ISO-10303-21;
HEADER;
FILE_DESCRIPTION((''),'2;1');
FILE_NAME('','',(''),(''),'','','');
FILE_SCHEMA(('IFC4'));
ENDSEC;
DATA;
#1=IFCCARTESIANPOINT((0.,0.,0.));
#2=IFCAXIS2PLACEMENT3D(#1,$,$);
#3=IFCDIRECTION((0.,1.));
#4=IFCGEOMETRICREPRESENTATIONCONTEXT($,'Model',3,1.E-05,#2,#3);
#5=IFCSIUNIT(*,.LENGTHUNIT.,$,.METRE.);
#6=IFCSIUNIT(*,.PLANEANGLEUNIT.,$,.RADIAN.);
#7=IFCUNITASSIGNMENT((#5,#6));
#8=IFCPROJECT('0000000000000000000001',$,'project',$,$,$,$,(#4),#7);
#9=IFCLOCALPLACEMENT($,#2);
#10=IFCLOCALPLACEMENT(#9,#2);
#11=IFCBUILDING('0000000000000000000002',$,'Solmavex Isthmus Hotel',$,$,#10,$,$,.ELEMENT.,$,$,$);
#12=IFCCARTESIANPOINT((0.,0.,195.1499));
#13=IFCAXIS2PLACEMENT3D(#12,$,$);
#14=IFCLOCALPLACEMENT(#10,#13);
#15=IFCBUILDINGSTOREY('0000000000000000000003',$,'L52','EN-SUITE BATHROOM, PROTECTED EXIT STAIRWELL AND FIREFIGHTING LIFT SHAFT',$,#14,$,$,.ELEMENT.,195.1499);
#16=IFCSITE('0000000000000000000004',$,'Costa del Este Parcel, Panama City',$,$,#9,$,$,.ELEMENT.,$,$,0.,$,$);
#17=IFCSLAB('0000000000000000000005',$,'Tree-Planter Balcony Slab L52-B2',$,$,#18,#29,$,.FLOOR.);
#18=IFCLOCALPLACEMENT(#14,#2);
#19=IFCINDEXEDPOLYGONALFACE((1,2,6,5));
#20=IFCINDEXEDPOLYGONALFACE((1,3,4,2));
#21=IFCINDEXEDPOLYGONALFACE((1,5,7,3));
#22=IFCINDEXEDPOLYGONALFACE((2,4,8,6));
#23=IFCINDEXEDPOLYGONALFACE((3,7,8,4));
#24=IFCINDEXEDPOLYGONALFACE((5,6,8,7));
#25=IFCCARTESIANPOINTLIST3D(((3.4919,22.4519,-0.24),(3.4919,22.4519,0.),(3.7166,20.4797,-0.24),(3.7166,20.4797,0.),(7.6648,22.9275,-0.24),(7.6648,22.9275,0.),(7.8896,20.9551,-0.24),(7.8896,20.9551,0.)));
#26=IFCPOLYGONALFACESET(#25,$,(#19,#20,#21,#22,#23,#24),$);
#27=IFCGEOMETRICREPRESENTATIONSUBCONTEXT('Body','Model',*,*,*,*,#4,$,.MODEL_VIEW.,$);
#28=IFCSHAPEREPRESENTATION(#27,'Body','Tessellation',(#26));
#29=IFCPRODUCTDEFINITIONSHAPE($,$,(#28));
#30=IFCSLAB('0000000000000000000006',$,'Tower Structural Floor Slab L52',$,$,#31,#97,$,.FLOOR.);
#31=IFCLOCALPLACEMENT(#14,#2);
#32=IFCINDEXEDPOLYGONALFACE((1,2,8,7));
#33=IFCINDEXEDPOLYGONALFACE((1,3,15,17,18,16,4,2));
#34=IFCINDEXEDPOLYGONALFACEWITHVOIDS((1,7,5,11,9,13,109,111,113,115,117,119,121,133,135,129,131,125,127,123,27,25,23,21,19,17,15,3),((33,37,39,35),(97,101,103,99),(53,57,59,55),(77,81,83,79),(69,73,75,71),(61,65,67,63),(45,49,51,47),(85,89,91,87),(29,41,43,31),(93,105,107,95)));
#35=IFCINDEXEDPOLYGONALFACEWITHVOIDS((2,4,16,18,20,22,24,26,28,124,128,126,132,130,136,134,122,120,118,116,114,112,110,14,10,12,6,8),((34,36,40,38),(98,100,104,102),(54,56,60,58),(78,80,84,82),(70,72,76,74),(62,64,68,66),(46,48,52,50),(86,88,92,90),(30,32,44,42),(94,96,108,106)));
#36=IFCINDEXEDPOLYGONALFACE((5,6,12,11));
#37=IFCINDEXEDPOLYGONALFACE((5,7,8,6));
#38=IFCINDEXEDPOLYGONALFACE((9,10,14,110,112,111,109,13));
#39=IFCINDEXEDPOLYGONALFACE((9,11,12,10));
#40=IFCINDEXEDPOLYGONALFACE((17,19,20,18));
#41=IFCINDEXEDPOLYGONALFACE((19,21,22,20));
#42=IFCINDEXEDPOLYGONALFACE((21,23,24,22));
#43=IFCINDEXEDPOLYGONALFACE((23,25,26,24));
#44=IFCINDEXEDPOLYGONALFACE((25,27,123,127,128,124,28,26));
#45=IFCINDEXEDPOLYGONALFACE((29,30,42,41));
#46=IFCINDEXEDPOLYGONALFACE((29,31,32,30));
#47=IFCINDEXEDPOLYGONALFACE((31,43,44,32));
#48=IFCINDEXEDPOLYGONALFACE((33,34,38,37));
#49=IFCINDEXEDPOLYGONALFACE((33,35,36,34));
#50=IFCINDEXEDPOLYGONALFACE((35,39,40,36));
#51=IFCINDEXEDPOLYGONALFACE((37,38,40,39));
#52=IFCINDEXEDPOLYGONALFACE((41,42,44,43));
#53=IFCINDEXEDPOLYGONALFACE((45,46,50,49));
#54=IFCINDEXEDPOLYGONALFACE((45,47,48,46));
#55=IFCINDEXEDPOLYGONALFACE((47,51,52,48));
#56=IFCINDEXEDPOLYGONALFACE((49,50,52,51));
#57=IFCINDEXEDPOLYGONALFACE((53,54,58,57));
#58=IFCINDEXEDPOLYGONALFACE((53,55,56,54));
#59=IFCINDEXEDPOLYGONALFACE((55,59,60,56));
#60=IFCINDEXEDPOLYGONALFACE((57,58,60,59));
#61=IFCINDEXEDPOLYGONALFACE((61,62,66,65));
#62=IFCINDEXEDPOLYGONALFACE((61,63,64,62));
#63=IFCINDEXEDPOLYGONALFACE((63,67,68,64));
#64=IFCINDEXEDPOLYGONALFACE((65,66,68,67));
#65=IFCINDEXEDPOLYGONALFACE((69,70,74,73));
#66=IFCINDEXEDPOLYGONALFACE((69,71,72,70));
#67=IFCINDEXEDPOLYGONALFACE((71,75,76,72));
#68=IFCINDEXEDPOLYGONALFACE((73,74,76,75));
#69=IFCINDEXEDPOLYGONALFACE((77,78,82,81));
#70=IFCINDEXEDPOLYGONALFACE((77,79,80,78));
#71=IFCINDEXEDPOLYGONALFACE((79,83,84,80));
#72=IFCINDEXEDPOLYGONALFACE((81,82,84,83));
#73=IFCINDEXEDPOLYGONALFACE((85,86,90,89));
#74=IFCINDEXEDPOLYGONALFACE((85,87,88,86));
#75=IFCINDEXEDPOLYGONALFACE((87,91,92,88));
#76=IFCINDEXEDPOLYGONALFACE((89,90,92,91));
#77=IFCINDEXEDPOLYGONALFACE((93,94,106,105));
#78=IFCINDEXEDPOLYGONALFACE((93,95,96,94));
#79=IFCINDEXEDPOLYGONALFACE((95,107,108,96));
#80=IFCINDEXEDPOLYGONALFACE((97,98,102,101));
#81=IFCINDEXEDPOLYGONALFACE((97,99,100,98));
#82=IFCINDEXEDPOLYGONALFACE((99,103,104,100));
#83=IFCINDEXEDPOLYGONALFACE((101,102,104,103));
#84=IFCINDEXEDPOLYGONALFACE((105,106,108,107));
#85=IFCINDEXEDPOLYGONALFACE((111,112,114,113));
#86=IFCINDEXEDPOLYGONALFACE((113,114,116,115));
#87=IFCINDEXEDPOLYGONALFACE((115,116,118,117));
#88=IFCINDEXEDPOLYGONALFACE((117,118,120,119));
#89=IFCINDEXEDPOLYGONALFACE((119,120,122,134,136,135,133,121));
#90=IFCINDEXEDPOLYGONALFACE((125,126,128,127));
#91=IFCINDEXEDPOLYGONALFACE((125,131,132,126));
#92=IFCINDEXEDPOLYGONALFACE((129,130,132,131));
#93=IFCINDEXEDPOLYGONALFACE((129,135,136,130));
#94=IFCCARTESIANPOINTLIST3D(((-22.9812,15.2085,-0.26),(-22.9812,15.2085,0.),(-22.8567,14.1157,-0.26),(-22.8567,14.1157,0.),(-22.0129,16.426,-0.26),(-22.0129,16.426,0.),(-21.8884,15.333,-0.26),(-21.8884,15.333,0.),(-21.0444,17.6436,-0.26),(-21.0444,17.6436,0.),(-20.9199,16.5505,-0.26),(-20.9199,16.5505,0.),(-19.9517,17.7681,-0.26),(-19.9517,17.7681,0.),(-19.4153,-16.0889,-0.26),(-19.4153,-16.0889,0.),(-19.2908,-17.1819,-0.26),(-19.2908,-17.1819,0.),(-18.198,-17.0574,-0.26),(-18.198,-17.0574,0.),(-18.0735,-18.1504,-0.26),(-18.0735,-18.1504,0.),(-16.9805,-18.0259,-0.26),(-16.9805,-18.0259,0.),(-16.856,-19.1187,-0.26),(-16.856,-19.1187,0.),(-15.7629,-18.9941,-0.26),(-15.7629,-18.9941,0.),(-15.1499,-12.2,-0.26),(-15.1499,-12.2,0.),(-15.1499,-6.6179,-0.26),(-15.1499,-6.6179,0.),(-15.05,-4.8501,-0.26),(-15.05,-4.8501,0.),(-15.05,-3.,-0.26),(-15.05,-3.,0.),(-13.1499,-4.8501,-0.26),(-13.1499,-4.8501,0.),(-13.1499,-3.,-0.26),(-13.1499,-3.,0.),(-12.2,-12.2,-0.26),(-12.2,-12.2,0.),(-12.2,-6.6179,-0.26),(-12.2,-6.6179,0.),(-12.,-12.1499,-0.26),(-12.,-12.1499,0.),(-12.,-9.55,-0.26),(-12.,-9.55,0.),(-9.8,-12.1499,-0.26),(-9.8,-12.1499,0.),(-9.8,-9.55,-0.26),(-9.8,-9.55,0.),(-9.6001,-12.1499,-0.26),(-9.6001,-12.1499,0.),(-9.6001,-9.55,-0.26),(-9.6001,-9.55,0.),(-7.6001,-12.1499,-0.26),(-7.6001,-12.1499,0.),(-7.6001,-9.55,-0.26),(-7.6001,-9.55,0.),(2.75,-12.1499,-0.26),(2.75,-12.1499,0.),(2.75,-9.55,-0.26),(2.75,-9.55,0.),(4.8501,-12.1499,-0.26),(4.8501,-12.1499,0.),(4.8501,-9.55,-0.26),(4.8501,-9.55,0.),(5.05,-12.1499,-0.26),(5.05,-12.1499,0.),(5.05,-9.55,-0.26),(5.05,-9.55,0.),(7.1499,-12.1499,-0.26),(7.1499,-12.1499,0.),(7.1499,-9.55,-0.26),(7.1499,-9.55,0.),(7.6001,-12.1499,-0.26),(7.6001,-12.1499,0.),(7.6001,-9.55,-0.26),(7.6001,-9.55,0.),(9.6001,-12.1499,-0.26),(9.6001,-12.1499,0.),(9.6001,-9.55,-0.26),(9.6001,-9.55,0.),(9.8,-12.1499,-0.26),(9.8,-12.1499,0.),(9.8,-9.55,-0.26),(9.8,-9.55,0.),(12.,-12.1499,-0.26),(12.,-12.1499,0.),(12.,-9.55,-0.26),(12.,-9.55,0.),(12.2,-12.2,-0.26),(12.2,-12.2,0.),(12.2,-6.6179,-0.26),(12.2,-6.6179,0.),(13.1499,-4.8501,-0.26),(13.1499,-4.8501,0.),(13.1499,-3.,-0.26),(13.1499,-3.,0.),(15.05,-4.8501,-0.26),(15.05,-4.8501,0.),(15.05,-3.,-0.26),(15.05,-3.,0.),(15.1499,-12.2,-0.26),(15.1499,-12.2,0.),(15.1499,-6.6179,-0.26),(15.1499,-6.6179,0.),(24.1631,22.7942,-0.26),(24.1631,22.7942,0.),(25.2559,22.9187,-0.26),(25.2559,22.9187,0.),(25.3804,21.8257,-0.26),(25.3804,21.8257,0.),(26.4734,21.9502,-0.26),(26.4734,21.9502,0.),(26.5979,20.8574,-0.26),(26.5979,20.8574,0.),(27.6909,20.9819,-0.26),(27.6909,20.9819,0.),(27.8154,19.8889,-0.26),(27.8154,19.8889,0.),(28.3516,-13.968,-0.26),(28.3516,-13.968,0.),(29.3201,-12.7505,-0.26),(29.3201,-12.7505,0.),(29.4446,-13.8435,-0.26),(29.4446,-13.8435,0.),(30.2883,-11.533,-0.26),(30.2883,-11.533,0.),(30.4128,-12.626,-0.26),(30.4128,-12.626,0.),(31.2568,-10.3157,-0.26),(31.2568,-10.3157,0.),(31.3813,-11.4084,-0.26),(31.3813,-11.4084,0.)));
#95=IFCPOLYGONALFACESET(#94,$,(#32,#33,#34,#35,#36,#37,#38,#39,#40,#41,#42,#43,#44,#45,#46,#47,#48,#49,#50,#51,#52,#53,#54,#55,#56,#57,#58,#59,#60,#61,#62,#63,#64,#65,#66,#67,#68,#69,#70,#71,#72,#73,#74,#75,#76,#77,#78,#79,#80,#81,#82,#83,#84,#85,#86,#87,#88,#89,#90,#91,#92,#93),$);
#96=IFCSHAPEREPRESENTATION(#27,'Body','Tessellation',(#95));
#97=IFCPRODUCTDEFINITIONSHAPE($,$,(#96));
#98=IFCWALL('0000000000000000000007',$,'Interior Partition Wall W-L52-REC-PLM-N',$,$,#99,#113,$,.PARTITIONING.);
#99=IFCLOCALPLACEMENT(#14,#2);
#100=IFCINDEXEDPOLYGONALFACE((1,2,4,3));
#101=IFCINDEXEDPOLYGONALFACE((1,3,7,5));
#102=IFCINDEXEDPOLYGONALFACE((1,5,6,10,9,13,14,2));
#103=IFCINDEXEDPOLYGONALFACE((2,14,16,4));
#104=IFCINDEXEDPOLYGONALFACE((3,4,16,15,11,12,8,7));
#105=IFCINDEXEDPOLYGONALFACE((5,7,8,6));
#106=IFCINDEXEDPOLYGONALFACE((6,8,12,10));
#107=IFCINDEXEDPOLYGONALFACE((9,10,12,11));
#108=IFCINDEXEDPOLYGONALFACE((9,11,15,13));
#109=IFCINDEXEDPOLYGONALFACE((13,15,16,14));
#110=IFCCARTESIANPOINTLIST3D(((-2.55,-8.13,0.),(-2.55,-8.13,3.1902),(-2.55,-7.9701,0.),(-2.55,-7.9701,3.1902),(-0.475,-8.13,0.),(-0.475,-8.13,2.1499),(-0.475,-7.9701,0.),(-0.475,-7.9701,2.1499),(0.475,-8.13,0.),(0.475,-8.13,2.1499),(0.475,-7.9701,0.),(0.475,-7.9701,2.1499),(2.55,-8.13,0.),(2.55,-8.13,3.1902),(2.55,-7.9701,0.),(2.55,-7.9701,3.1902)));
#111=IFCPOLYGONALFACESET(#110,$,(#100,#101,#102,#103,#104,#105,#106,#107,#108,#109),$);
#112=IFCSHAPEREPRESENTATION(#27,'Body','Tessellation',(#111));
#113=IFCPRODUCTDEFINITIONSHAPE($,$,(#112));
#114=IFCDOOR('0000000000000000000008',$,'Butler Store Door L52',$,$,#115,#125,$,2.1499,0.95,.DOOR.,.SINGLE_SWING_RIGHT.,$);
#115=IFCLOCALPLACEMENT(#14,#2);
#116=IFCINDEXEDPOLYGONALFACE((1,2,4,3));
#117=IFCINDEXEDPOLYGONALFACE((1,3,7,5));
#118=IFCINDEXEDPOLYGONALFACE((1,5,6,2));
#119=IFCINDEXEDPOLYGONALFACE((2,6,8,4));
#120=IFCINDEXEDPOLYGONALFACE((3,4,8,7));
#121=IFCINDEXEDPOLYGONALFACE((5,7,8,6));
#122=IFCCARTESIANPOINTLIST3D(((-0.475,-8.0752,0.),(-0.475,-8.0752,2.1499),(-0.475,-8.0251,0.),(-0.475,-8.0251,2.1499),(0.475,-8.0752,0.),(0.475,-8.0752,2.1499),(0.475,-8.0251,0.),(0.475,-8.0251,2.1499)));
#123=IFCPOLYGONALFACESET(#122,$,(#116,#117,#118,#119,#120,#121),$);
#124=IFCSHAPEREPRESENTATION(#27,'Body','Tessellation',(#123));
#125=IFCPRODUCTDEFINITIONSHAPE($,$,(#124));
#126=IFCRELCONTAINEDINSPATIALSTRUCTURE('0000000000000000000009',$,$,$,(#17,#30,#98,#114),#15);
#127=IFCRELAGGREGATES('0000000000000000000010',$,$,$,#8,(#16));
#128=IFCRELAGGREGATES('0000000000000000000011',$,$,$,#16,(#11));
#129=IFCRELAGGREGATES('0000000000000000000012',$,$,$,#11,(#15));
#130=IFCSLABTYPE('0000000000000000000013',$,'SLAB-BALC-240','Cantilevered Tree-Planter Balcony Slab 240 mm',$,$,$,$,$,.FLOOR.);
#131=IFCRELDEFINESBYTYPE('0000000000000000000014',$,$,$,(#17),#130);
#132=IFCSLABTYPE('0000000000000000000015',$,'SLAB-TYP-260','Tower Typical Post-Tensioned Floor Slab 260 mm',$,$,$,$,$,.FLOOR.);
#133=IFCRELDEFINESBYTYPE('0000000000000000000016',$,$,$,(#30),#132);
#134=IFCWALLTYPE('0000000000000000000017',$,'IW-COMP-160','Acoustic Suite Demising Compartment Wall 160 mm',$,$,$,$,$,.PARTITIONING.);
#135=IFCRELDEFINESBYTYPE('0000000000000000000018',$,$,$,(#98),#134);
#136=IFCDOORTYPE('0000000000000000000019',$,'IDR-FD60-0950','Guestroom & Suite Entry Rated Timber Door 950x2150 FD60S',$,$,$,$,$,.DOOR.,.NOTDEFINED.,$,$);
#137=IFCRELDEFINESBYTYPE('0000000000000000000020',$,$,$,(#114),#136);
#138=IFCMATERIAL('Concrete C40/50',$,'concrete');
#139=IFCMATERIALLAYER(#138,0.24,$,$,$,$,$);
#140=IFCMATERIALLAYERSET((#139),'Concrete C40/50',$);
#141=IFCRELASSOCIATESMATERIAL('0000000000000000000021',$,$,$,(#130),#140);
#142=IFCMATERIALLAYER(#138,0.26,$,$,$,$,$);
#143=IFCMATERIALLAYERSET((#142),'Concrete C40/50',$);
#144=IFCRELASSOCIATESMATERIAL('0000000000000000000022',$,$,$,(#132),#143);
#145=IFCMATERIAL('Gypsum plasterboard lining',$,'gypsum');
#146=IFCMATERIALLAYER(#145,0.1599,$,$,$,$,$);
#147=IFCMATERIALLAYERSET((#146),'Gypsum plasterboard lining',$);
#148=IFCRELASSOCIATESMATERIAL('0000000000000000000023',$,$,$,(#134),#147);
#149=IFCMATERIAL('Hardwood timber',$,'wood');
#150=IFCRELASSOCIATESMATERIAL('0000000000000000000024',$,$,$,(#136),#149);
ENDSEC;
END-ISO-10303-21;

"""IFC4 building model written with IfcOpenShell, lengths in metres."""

from ifc_helpers import new_model, si_unit, direction, frame, frame_2d, origin, place, context, subcontext, project, spatial, polyline, rectangle, outline, extrude, material, layer, layer_set, type_object, element, fill, save


model = new_model("IFC4")

# Units and contexts
model_context = context("Model", 3, precision=1e-05, world=origin(), true_north=direction((0.0, 1.0)))
body_context = subcontext(model_context, "Body", "Model", "MODEL_VIEW")
ifc_project = project(units=[si_unit("LENGTHUNIT", "METRE"), si_unit("PLANEANGLEUNIT", "RADIAN")], contexts=[model_context])

# Site, building, storey
site_placement = place(None, origin())
site = spatial("IfcSite", under=ifc_project, at=site_placement, Name="Costa del Este Parcel, Panama City", CompositionType="ELEMENT", RefElevation=0.0)
building_placement = place(site_placement, origin())
building = spatial("IfcBuilding", under=site, at=building_placement, Name="Solmavex Isthmus Hotel", CompositionType="ELEMENT")
storey_placement = place(building_placement, frame((0.0, 0.0, 195.1499)))
storey = spatial("IfcBuildingStorey", under=building, at=storey_placement, Name="L52", Description="EN-SUITE BATHROOM, PROTECTED EXIT STAIRWELL AND FIREFIGHTING LIFT SHAFT", CompositionType="ELEMENT", Elevation=195.1499)

# Slabs
ifc_material_1 = material(Name="Concrete C40/50", Category="concrete")
ifc_layer_1 = layer(ifc_material_1, 0.24)
ifc_layer_set_1 = layer_set([ifc_layer_1], Name="Concrete C40/50")
slab_type_1 = type_object("IfcSlabType", Name="SLAB-BALC-240", Description="Cantilevered Tree-Planter Balcony Slab 240 mm", PredefinedType="FLOOR", material=ifc_layer_set_1)
slab_1_placement = place(storey_placement, frame((0.0, 0.0, -0.24)))
element("IfcSlab", 1, at=slab_1_placement, inside=storey, type_object=slab_type_1, Name="Tree-Planter Balcony Slab L52-B2", PredefinedType="FLOOR", context=body_context, shape_type="SweptSolid", body=[
    extrude(outline(polyline([(3.7166, 20.4797), (7.8896, 20.9551), (7.6648, 22.9275), (3.4919, 22.4519), (3.7166, 20.4797)])), origin(), (0.0, 0.0, 1.0), 0.24),
])
ifc_layer_2 = layer(ifc_material_1, 0.26)
ifc_layer_set_2 = layer_set([ifc_layer_2], Name="Concrete C40/50")
slab_type_2 = type_object("IfcSlabType", Name="SLAB-TYP-260", Description="Tower Typical Post-Tensioned Floor Slab 260 mm", PredefinedType="FLOOR", material=ifc_layer_set_2)
slab_2_placement = place(storey_placement, frame((0.0, 0.0, -0.26)))
element("IfcSlab", 2, at=slab_2_placement, inside=storey, type_object=slab_type_2, Name="Tower Structural Floor Slab L52", PredefinedType="FLOOR", context=body_context, shape_type="SweptSolid", body=[
    extrude(outline(polyline([(-15.7629, -18.9941), (28.3516, -13.968), (29.4446, -13.8435), (29.3201, -12.7505), (30.4128, -12.626), (30.2883, -11.533), (31.3813, -11.4084), (31.2568, -10.3157), (27.8154, 19.8889), (27.6909, 20.9819), (26.5979, 20.8574), (26.4734, 21.9502), (25.3804, 21.8257), (25.2559, 22.9187), (24.1631, 22.7942), (-19.9517, 17.7681), (-21.0444, 17.6436), (-20.9199, 16.5505), (-22.0129, 16.426), (-21.8884, 15.333), (-22.9812, 15.2085), (-22.8567, 14.1157), (-19.4153, -16.0889), (-19.2908, -17.1819), (-18.198, -17.0574), (-18.0735, -18.1504), (-16.9805, -18.0259), (-16.856, -19.1187), (-15.7629, -18.9941)]), holes=[polyline([(-15.1499, -6.6179), (-15.1499, -12.2), (-12.2, -12.2), (-12.2, -6.6179), (-15.1499, -6.6179)]), polyline([(12.2, -6.6179), (12.2, -12.2), (15.1499, -12.2), (15.1499, -6.6179), (12.2, -6.6179)]), polyline([(-12.0, -12.1499), (-9.8, -12.1499), (-9.8, -9.55), (-12.0, -9.55), (-12.0, -12.1499)]), polyline([(9.8, -12.1499), (12.0, -12.1499), (12.0, -9.55), (9.8, -9.55), (9.8, -12.1499)]), polyline([(-9.6001, -12.1499), (-7.6001, -12.1499), (-7.6001, -9.55), (-9.6001, -9.55), (-9.6001, -12.1499)]), polyline([(7.6001, -12.1499), (9.6001, -12.1499), (9.6001, -9.55), (7.6001, -9.55), (7.6001, -12.1499)]), polyline([(2.75, -12.1499), (4.8501, -12.1499), (4.8501, -9.55), (2.75, -9.55), (2.75, -12.1499)]), polyline([(5.05, -12.1499), (7.1499, -12.1499), (7.1499, -9.55), (5.05, -9.55), (5.05, -12.1499)]), polyline([(-15.05, -4.8501), (-13.1499, -4.8501), (-13.1499, -3.0), (-15.05, -3.0), (-15.05, -4.8501)]), polyline([(13.1499, -4.8501), (15.05, -4.8501), (15.05, -3.0), (13.1499, -3.0), (13.1499, -4.8501)])]), origin(), (0.0, 0.0, 1.0), 0.26),
])

# Wall, opening, door
ifc_material_2 = material(Name="Gypsum plasterboard lining", Category="gypsum")
ifc_layer_3 = layer(ifc_material_2, 0.1599)
ifc_layer_set_3 = layer_set([ifc_layer_3], Name="Gypsum plasterboard lining")
wall_type_1 = type_object("IfcWallType", Name="IW-COMP-160", Description="Acoustic Suite Demising Compartment Wall 160 mm", PredefinedType="PARTITIONING", material=ifc_layer_set_3)
ifc_material_3 = material(Name="Hardwood timber", Category="wood")
door_type_1 = type_object("IfcDoorType", Name="IDR-FD60-0950", Description="Guestroom & Suite Entry Rated Timber Door 950x2150 FD60S", OperationType="NOTDEFINED", PredefinedType="DOOR", material=ifc_material_3)
wall_1_placement = place(storey_placement, frame((-2.55, -8.05, 0.0), z_axis=(0.0, 0.0, 1.0), x_axis=(1.0, 0.0, 0.0)))
wall_1 = element("IfcWall", 3, at=wall_1_placement, inside=storey, type_object=wall_type_1, Name="Interior Partition Wall W-L52-REC-PLM-N", PredefinedType="PARTITIONING", context=body_context, shape_type="SweptSolid", body=[
    extrude(rectangle(XDim=5.1001, YDim=0.1599, at=frame_2d((2.55, 0.0))), origin(), (0.0, 0.0, 1.0), 3.1902),
])
opening_1_placement = place(wall_1_placement, frame((2.075, 0.0, 0.0)))
opening_1 = element("IfcOpeningElement", 4, at=opening_1_placement, cuts=wall_1, PredefinedType="OPENING", context=body_context, shape_type="SweptSolid", body=[
    extrude(rectangle(XDim=0.95, YDim=2.1499, at=frame_2d((0.4751, 1.075))), frame((0.0, 0.0898, 0.0), z_axis=(0.0, -1.0, 0.0), x_axis=(1.0, 0.0, 0.0)), (0.0, 0.0, 1.0), 0.1799),
])
door_1_placement = place(opening_1_placement, origin())
door_1 = element("IfcDoor", 5, at=door_1_placement, inside=storey, type_object=door_type_1, Name="Butler Store Door L52", OperationType="SINGLE_SWING_RIGHT", OverallHeight=2.1499, OverallWidth=0.95, PredefinedType="DOOR", context=body_context, shape_type="SweptSolid", body=[
    extrude(rectangle(XDim=0.95, YDim=2.1499, at=frame_2d((0.4751, 1.075))), frame((0.0, 0.0249, 0.0), z_axis=(0.0, -1.0, 0.0), x_axis=(1.0, 0.0, 0.0)), (0.0, 0.0, 1.0), 0.05),
])
fill(opening_1, door_1)

save(model, "model.ifc")
